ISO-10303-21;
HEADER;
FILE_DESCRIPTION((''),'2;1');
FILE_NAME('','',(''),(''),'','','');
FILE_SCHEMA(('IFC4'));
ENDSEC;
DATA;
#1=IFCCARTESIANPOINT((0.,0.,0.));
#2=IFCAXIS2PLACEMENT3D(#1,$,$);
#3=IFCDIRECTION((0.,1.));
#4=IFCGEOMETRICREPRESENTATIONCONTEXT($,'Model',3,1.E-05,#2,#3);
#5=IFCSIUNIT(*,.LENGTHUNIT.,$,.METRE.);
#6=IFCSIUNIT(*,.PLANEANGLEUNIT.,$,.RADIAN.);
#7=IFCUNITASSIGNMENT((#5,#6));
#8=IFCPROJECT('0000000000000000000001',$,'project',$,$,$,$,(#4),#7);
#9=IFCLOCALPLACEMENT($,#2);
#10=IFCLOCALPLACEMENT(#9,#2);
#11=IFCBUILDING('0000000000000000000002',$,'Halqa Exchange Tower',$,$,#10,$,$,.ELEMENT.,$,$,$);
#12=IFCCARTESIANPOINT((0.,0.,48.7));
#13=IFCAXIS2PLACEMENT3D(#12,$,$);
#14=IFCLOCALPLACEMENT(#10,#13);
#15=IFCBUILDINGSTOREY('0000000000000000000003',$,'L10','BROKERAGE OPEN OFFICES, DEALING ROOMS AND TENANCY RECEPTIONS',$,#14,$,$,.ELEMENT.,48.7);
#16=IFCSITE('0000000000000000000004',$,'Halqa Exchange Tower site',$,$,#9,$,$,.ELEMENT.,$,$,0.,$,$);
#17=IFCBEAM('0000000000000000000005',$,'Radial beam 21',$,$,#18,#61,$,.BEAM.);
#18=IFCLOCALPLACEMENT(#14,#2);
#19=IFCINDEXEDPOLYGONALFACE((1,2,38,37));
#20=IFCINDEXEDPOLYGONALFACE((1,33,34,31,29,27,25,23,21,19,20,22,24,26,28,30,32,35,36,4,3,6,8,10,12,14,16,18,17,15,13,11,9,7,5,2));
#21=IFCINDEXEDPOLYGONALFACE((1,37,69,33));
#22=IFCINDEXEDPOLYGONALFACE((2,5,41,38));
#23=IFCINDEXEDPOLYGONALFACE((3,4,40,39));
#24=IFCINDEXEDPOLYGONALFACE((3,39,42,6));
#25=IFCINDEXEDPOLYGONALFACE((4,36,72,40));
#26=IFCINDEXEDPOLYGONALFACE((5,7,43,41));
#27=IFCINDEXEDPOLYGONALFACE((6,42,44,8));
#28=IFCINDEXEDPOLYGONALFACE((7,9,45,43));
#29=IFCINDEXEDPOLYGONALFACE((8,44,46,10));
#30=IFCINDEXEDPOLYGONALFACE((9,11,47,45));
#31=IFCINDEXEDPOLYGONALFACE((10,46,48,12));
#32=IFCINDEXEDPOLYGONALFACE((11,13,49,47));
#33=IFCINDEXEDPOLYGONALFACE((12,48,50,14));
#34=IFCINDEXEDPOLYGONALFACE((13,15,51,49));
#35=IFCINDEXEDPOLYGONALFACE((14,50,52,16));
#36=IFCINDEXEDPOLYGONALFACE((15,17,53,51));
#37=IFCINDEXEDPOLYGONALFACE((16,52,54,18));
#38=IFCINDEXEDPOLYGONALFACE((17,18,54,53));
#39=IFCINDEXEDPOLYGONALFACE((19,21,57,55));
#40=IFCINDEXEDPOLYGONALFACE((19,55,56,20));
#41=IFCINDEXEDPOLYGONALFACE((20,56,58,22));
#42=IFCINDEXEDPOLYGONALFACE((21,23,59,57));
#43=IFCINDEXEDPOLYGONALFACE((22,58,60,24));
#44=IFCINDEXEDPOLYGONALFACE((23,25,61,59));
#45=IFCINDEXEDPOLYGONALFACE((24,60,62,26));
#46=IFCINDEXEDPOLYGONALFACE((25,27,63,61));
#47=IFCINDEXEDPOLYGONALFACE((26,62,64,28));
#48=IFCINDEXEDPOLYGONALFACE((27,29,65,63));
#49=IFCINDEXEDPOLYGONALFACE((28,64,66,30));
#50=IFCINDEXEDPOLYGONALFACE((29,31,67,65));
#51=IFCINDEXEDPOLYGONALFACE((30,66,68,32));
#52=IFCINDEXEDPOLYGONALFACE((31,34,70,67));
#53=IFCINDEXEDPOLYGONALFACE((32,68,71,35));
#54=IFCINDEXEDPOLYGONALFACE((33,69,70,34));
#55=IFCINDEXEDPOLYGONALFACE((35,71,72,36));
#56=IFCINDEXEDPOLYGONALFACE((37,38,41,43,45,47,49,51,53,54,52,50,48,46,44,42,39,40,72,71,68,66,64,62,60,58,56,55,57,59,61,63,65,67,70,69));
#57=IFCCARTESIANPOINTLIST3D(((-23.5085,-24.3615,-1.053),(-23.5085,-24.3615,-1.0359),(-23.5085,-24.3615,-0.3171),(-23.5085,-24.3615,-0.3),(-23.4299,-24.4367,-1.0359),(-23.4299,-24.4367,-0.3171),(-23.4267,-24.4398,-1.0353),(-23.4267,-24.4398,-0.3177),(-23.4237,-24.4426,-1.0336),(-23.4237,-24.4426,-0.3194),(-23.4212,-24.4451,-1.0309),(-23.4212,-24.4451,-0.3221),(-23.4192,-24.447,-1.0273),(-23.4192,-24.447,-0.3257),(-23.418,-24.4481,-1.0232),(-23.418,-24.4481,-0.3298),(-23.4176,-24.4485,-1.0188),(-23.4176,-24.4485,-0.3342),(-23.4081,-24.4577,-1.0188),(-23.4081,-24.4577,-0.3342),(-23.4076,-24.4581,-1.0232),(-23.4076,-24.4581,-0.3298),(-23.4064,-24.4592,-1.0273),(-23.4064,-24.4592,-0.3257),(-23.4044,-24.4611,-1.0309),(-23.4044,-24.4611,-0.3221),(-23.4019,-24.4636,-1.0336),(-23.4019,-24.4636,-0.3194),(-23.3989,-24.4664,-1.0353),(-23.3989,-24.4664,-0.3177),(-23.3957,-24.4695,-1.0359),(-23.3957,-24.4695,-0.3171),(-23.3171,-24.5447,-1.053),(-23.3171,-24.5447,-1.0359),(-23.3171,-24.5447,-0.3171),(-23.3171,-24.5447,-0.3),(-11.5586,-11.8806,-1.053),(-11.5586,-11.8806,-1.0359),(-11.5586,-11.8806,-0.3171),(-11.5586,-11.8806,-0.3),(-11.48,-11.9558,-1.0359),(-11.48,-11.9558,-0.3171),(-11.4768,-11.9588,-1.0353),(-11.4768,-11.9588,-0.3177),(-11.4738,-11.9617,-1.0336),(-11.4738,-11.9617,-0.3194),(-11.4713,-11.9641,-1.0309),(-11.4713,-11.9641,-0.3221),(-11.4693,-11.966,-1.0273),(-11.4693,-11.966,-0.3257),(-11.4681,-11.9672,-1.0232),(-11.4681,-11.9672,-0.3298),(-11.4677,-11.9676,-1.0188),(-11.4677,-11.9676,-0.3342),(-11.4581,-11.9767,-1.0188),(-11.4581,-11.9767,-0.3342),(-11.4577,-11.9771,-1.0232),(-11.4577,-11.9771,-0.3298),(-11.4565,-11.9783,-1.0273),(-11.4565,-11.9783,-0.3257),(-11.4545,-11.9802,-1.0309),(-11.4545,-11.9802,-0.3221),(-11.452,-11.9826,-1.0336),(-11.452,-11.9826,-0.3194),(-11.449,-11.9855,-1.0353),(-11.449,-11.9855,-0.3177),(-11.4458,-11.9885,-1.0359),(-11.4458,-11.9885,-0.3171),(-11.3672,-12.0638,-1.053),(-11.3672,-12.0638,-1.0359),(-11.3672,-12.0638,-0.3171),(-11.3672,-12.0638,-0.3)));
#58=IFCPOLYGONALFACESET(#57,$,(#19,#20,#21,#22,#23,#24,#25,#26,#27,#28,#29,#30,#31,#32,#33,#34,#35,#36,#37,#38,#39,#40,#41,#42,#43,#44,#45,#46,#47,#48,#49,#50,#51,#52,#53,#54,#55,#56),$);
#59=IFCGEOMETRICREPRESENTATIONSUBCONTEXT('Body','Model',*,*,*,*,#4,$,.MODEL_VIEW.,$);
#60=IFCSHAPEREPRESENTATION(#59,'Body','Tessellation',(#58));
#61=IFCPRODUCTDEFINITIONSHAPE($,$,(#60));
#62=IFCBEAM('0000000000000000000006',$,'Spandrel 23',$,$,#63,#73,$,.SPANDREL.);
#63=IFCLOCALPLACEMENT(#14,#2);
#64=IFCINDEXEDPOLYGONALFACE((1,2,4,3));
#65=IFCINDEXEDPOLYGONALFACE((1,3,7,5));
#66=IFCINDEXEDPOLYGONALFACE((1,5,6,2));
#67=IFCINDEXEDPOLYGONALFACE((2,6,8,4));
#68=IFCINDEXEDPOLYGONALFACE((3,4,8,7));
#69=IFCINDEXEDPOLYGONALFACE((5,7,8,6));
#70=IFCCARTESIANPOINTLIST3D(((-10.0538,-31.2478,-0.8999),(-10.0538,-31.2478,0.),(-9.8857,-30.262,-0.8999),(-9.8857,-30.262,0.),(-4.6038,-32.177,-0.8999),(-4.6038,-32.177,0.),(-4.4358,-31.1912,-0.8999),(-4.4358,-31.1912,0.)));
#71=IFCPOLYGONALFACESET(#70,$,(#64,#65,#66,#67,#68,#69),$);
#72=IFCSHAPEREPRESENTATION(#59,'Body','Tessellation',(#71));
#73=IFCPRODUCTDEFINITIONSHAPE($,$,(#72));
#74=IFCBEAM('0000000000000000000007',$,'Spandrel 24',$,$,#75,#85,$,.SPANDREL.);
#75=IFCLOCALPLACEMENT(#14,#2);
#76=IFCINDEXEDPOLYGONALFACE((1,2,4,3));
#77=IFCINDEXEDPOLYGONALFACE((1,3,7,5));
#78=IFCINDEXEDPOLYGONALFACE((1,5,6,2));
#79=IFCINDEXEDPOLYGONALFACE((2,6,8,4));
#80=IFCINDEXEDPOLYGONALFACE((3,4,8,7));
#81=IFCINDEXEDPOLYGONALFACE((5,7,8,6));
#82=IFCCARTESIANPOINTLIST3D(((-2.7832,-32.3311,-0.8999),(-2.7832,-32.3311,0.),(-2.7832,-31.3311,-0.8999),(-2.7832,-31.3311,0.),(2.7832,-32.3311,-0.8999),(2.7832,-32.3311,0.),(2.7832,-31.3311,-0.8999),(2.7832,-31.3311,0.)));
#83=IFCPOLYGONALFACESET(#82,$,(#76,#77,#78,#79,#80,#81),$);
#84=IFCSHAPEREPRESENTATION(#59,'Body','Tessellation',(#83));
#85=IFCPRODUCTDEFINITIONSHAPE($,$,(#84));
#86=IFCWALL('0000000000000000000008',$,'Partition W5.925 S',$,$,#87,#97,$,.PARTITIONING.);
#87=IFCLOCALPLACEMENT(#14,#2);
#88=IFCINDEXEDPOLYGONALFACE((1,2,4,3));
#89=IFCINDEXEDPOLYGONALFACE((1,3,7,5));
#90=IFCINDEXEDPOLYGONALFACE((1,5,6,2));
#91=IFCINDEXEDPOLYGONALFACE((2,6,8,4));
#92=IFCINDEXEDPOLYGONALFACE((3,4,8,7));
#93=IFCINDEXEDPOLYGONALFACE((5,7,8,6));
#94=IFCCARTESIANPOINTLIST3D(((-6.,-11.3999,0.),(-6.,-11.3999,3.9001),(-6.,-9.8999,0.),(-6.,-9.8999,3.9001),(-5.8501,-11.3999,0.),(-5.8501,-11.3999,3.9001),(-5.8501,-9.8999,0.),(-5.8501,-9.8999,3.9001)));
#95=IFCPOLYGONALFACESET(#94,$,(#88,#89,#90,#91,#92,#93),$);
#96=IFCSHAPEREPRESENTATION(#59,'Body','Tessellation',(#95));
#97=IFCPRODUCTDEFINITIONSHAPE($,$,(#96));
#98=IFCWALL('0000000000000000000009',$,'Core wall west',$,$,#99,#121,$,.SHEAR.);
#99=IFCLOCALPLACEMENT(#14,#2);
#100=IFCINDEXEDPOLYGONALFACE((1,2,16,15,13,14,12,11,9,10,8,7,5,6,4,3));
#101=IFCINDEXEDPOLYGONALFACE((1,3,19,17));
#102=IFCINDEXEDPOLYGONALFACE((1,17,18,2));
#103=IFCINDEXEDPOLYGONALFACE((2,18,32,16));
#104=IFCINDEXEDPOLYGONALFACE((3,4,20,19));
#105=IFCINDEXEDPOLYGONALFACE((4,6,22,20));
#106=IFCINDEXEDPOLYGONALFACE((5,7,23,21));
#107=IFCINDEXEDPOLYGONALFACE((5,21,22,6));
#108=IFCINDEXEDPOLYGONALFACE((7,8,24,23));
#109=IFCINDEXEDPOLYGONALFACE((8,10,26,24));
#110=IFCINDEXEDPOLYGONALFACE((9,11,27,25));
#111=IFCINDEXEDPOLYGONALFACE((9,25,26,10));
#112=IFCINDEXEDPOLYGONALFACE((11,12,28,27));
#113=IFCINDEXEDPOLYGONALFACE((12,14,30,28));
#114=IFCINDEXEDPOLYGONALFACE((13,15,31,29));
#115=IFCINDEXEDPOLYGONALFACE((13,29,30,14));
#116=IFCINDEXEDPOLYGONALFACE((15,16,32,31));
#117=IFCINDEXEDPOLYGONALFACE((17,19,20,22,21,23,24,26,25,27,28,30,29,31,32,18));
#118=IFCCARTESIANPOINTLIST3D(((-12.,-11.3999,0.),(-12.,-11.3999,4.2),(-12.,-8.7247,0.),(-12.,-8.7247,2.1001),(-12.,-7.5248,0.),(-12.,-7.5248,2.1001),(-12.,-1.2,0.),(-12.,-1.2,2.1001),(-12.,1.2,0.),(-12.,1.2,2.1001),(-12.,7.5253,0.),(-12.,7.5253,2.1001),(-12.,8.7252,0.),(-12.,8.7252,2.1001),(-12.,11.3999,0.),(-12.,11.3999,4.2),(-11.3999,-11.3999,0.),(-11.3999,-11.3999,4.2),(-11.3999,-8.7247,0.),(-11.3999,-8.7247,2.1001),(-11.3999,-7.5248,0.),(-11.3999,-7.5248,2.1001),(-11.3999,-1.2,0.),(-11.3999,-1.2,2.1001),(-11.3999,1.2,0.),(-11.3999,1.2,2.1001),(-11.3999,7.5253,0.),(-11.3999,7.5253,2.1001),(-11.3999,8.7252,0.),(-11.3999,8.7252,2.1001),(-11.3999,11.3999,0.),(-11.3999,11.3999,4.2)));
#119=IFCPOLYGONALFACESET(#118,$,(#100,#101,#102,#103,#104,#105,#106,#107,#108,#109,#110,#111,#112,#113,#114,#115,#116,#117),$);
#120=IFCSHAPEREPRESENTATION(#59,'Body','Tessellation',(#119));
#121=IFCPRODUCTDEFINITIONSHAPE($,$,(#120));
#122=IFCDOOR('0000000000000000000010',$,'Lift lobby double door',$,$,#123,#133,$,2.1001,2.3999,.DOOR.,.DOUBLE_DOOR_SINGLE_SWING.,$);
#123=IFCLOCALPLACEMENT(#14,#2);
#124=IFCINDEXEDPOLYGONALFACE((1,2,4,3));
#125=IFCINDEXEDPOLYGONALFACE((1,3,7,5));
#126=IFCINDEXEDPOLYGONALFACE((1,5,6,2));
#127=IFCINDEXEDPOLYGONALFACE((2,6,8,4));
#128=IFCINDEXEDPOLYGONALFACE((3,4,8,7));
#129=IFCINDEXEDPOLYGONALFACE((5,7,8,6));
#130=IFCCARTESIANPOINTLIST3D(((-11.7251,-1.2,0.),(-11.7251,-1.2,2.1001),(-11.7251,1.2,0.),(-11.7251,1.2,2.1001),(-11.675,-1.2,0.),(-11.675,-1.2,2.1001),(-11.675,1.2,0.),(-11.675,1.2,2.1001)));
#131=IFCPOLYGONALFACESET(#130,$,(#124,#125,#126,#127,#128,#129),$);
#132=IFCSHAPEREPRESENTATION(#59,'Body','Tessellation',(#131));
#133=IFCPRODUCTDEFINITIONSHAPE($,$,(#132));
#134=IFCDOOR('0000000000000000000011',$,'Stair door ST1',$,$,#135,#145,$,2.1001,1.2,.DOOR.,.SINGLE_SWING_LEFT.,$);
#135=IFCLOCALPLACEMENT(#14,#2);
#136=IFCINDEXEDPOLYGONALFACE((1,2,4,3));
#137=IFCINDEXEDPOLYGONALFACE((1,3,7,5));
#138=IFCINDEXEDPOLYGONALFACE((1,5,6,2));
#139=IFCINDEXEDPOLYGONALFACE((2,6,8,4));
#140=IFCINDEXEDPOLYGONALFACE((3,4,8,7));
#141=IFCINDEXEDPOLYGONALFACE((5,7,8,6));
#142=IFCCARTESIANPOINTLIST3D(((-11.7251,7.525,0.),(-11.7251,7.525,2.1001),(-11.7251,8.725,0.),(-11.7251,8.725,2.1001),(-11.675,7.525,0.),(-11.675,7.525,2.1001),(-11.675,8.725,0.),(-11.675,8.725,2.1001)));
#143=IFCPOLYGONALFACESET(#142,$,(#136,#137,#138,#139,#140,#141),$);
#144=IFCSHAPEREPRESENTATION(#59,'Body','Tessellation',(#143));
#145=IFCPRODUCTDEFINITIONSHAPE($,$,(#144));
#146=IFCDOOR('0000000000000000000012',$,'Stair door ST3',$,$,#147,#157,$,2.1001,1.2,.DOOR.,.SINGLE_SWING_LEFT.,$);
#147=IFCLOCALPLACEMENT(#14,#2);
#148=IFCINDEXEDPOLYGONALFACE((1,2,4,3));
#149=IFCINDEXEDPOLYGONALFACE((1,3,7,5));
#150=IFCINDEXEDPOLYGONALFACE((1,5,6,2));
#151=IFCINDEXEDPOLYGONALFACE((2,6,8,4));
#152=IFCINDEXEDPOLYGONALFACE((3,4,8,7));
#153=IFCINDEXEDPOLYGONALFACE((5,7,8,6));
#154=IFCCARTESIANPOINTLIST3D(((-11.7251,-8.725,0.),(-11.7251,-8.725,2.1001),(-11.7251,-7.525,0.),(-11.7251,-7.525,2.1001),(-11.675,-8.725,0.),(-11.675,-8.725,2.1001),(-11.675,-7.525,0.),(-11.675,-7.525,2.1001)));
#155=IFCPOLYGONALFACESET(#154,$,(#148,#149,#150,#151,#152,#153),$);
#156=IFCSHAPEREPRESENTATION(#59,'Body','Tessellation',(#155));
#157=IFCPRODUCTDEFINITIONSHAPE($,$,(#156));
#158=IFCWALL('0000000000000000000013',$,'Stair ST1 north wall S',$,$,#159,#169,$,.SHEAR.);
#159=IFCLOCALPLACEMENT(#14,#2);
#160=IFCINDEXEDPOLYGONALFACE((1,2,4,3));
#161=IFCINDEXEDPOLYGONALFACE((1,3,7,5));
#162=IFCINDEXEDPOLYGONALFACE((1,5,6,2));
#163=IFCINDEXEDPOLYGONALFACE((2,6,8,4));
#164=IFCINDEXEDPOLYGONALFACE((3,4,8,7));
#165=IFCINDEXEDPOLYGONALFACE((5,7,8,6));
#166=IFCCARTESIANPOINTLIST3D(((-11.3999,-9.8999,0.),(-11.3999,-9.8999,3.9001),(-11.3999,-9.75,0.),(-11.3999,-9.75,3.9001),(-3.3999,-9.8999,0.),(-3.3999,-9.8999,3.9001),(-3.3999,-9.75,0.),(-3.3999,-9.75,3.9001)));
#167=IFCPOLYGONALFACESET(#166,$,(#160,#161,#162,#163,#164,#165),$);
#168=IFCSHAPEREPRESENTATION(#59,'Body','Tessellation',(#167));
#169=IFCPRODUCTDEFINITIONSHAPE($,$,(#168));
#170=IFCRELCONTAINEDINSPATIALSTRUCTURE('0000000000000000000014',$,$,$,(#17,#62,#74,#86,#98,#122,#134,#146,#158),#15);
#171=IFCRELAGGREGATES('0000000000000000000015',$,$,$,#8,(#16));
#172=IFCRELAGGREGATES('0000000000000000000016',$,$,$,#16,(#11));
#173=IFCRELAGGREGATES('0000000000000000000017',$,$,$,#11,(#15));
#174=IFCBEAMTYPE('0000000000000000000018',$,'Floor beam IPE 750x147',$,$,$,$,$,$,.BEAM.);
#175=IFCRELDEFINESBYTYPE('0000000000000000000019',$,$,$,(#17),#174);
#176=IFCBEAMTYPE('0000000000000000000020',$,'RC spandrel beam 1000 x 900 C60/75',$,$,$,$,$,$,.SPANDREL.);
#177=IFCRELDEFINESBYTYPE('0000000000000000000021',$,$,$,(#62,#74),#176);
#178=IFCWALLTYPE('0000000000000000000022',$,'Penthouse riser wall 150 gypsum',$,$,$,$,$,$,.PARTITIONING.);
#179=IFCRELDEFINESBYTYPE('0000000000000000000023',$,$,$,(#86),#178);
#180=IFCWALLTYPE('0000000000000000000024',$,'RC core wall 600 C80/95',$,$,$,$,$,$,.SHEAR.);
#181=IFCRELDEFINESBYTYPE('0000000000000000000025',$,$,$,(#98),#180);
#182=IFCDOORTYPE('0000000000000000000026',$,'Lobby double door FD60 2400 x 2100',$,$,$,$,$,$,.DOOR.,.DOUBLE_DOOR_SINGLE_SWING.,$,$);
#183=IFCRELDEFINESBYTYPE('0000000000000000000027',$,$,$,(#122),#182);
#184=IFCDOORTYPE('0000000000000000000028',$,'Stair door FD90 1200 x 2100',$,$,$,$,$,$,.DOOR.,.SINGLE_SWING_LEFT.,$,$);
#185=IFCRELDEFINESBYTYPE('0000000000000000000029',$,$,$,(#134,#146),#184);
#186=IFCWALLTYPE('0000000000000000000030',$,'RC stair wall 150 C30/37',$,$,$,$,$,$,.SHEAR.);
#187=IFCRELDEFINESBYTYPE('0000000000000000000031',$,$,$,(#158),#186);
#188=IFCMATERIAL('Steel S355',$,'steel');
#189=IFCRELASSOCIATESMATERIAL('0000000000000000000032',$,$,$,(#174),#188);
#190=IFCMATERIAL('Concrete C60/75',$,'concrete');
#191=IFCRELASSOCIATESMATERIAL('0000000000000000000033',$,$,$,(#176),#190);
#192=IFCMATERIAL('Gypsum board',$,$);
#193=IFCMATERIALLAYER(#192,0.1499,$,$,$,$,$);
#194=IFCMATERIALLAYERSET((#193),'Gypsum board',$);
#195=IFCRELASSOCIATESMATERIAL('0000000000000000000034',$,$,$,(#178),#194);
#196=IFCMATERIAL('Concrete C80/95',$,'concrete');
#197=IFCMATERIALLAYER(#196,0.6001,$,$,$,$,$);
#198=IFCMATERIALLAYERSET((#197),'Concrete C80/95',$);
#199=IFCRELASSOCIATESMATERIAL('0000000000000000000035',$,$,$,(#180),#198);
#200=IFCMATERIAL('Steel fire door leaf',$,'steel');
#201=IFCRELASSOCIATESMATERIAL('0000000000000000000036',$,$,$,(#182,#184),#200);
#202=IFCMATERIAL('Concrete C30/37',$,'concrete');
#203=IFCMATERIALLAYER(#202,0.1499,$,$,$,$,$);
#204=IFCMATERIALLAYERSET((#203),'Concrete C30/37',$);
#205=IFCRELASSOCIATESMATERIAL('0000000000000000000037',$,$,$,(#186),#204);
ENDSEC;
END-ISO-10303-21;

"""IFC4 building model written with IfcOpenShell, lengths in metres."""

from ifc_helpers import new_model, si_unit, direction, frame, frame_2d, origin, origin_2d, place, context, subcontext, project, spatial, rectangle, i_section, extrude, material, layer, layer_set, material_profile, profile_set, type_object, element, fill, save


model = new_model("IFC4")

# Units and contexts
model_context = context("Model", 3, precision=1e-05, world=origin(), true_north=direction((0.0, 1.0)))
body_context = subcontext(model_context, "Body", "Model", "MODEL_VIEW")
ifc_project = project(units=[si_unit("LENGTHUNIT", "METRE"), si_unit("PLANEANGLEUNIT", "RADIAN")], contexts=[model_context])

# Site, building, storey
site_placement = place(None, origin())
site = spatial("IfcSite", under=ifc_project, at=site_placement, Name="Halqa Exchange Tower site", CompositionType="ELEMENT", RefElevation=0.0)
building_placement = place(site_placement, origin())
building = spatial("IfcBuilding", under=site, at=building_placement, Name="Halqa Exchange Tower", CompositionType="ELEMENT")
storey_placement = place(building_placement, frame((0.0, 0.0, 48.7)))
storey = spatial("IfcBuildingStorey", under=building, at=storey_placement, Name="L10", Description="BROKERAGE OPEN OFFICES, DEALING ROOMS AND TENANCY RECEPTIONS", CompositionType="ELEMENT", Elevation=48.7)

# Shared definitions
ifc_material_1 = material(Name="Concrete C80/95", Category="concrete")

# Beams
ifc_material_2 = material(Name="Steel S355", Category="steel")
ifc_material_profile_1 = material_profile(ifc_material_2, i_section(OverallWidth=0.2649, OverallDepth=0.7529, WebThickness=0.0132, FlangeThickness=0.0171, FilletRadius=0.0171, at=origin_2d()), Name="IPE 750x147")
ifc_profile_set_1 = profile_set([ifc_material_profile_1], Name="Steel S355")
beam_type_1 = type_object("IfcBeamType", Name="Floor beam IPE 750x147", PredefinedType="BEAM", material=ifc_profile_set_1)
beam_1_placement = place(storey_placement, frame((-11.4629, -11.9722, -0.6765), z_axis=(-0.691574, -0.722305, 0.0), x_axis=(0.722305, -0.691574, 0.0)))
element("IfcBeam", 1, at=beam_1_placement, inside=storey, type_object=beam_type_1, Name="Radial beam 21", PredefinedType="BEAM", context=body_context, shape_type="SweptSolid", body=[
    extrude(i_section(OverallWidth=0.2649, OverallDepth=0.7529, WebThickness=0.0132, FlangeThickness=0.0171, FilletRadius=0.0171, at=origin_2d()), origin(), (0.0, 0.0, 1.0), 17.2793),
])
ifc_material_3 = material(Name="Concrete C60/75", Category="concrete")
ifc_material_profile_2 = material_profile(ifc_material_3, rectangle(XDim=1.0, YDim=0.8999, at=origin_2d()), Name="1000 x 900")
ifc_profile_set_2 = profile_set([ifc_material_profile_2], Name="Concrete C60/75")
beam_type_2 = type_object("IfcBeamType", Name="RC spandrel beam 1000 x 900 C60/75", PredefinedType="SPANDREL", material=ifc_profile_set_2)
beam_2_placement = place(storey_placement, frame((-9.9697, -30.7549, -0.45), z_axis=(0.985775, -0.168071, 0.0), x_axis=(0.168071, 0.985775, 0.0)))
element("IfcBeam", 2, at=beam_2_placement, inside=storey, type_object=beam_type_2, Name="Spandrel 23", PredefinedType="SPANDREL", context=body_context, shape_type="SweptSolid", body=[
    extrude(rectangle(XDim=1.0, YDim=0.8999, at=origin_2d()), origin(), (0.0, 0.0, 1.0), 5.5286),
])
beam_3_placement = place(storey_placement, frame((-2.7832, -31.8311, -0.45), z_axis=(1.0, 0.0, 0.0), x_axis=(0.0, 1.0, 0.0)))
element("IfcBeam", 3, at=beam_3_placement, inside=storey, type_object=beam_type_2, Name="Spandrel 24", PredefinedType="SPANDREL", context=body_context, shape_type="SweptSolid", body=[
    extrude(rectangle(XDim=1.0, YDim=0.8999, at=origin_2d()), origin(), (0.0, 0.0, 1.0), 5.5664),
])

# Wall
ifc_material_4 = material(Name="Gypsum board")
ifc_layer_1 = layer(ifc_material_4, 0.1499)
ifc_layer_set_1 = layer_set([ifc_layer_1], Name="Gypsum board")
wall_type_1 = type_object("IfcWallType", Name="Penthouse riser wall 150 gypsum", PredefinedType="PARTITIONING", material=ifc_layer_set_1)
wall_1_placement = place(storey_placement, frame((-5.925, -11.3999, 0.0), z_axis=(0.0, 0.0, 1.0), x_axis=(0.0, 1.0, 0.0)))
element("IfcWall", 4, at=wall_1_placement, inside=storey, type_object=wall_type_1, Name="Partition W5.925 S", PredefinedType="PARTITIONING", context=body_context, shape_type="SweptSolid", body=[
    extrude(rectangle(XDim=1.5, YDim=0.1499, at=frame_2d((0.75, 0.0))), origin(), (0.0, 0.0, 1.0), 3.9001),
])

# Wall, openings, doors
ifc_layer_2 = layer(ifc_material_1, 0.6001)
ifc_layer_set_2 = layer_set([ifc_layer_2], Name="Concrete C80/95")
wall_type_2 = type_object("IfcWallType", Name="RC core wall 600 C80/95", PredefinedType="SHEAR", material=ifc_layer_set_2)
wall_2_placement = place(storey_placement, frame((-11.7, -11.3999, 0.0), z_axis=(0.0, 0.0, 1.0), x_axis=(0.0, 1.0, 0.0)))
wall_2 = element("IfcWall", 5, at=wall_2_placement, inside=storey, type_object=wall_type_2, Name="Core wall west", PredefinedType="SHEAR", context=body_context, shape_type="SweptSolid", body=[
    extrude(rectangle(XDim=22.7998, YDim=0.6001, at=frame_2d((11.3999, 0.0))), origin(), (0.0, 0.0, 1.0), 4.2),
])
opening_1_placement = place(wall_2_placement, frame((10.2, 0.0, 0.0)))
opening_1 = element("IfcOpeningElement", 6, at=opening_1_placement, cuts=wall_2, PredefinedType="OPENING", context=body_context, shape_type="SweptSolid", body=[
    extrude(rectangle(XDim=2.3999, YDim=2.1001, at=frame_2d((1.2, 1.05))), frame((0.0, 0.312, 0.0), z_axis=(0.0, -1.0, 0.0), x_axis=(1.0, 0.0, 0.0)), (0.0, 0.0, 1.0), 0.624),
])
opening_2_placement = place(wall_2_placement, frame((18.925, 0.0, 0.0)))
opening_2 = element("IfcOpeningElement", 7, at=opening_2_placement, cuts=wall_2, PredefinedType="OPENING", context=body_context, shape_type="SweptSolid", body=[
    extrude(rectangle(XDim=1.2, YDim=2.1001, at=frame_2d((0.6001, 1.05))), frame((0.0, 0.312, 0.0), z_axis=(0.0, -1.0, 0.0), x_axis=(1.0, 0.0, 0.0)), (0.0, 0.0, 1.0), 0.624),
])
opening_3_placement = place(wall_2_placement, frame((2.675, 0.0, 0.0)))
opening_3 = element("IfcOpeningElement", 8, at=opening_3_placement, cuts=wall_2, PredefinedType="OPENING", context=body_context, shape_type="SweptSolid", body=[
    extrude(rectangle(XDim=1.2, YDim=2.1001, at=frame_2d((0.6001, 1.05))), frame((0.0, 0.312, 0.0), z_axis=(0.0, -1.0, 0.0), x_axis=(1.0, 0.0, 0.0)), (0.0, 0.0, 1.0), 0.624),
])
ifc_material_5 = material(Name="Steel fire door leaf", Category="steel")
door_type_1 = type_object("IfcDoorType", Name="Lobby double door FD60 2400 x 2100", OperationType="DOUBLE_DOOR_SINGLE_SWING", PredefinedType="DOOR", material=ifc_material_5)
door_1_placement = place(opening_1_placement, frame((2.3999, 0.0, 0.0), z_axis=(0.0, 0.0, 1.0), x_axis=(-1.0, 0.0, 0.0)))
door_1 = element("IfcDoor", 9, at=door_1_placement, inside=storey, type_object=door_type_1, Name="Lift lobby double door", OperationType="DOUBLE_DOOR_SINGLE_SWING", OverallHeight=2.1001, OverallWidth=2.3999, PredefinedType="DOOR", context=body_context, shape_type="SweptSolid", body=[
    extrude(rectangle(XDim=2.3999, YDim=2.1001, at=frame_2d((1.2, 1.05))), frame((0.0, 0.0249, 0.0), z_axis=(0.0, -1.0, 0.0), x_axis=(1.0, 0.0, 0.0)), (0.0, 0.0, 1.0), 0.05),
])
fill(opening_1, door_1)
door_type_2 = type_object("IfcDoorType", Name="Stair door FD90 1200 x 2100", OperationType="SINGLE_SWING_LEFT", PredefinedType="DOOR", material=ifc_material_5)
door_2_placement = place(opening_2_placement, frame((1.2, 0.0, 0.0), z_axis=(0.0, 0.0, 1.0), x_axis=(-1.0, 0.0, 0.0)))
door_2 = element("IfcDoor", 10, at=door_2_placement, inside=storey, type_object=door_type_2, Name="Stair door ST1", OperationType="SINGLE_SWING_LEFT", OverallHeight=2.1001, OverallWidth=1.2, PredefinedType="DOOR", context=body_context, shape_type="SweptSolid", body=[
    extrude(rectangle(XDim=1.2, YDim=2.1001, at=frame_2d((0.6001, 1.05))), frame((0.0, 0.0249, 0.0), z_axis=(0.0, -1.0, 0.0), x_axis=(1.0, 0.0, 0.0)), (0.0, 0.0, 1.0), 0.05),
])
fill(opening_2, door_2)
door_3_placement = place(opening_3_placement, frame((1.2, 0.0, 0.0), z_axis=(0.0, 0.0, 1.0), x_axis=(-1.0, 0.0, 0.0)))
door_3 = element("IfcDoor", 11, at=door_3_placement, inside=storey, type_object=door_type_2, Name="Stair door ST3", OperationType="SINGLE_SWING_LEFT", OverallHeight=2.1001, OverallWidth=1.2, PredefinedType="DOOR", context=body_context, shape_type="SweptSolid", body=[
    extrude(rectangle(XDim=1.2, YDim=2.1001, at=frame_2d((0.6001, 1.05))), frame((0.0, 0.0249, 0.0), z_axis=(0.0, -1.0, 0.0), x_axis=(1.0, 0.0, 0.0)), (0.0, 0.0, 1.0), 0.05),
])
fill(opening_3, door_3)

# Wall
ifc_material_6 = material(Name="Concrete C30/37", Category="concrete")
ifc_layer_3 = layer(ifc_material_6, 0.1499)
ifc_layer_set_3 = layer_set([ifc_layer_3], Name="Concrete C30/37")
wall_type_3 = type_object("IfcWallType", Name="RC stair wall 150 C30/37", PredefinedType="SHEAR", material=ifc_layer_set_3)
wall_3_placement = place(storey_placement, frame((-11.3999, -9.825, 0.0), z_axis=(0.0, 0.0, 1.0), x_axis=(1.0, 0.0, 0.0)))
element("IfcWall", 12, at=wall_3_placement, inside=storey, type_object=wall_type_3, Name="Stair ST1 north wall S", PredefinedType="SHEAR", context=body_context, shape_type="SweptSolid", body=[
    extrude(rectangle(XDim=8.0, YDim=0.1499, at=frame_2d((4.0, 0.0))), origin(), (0.0, 0.0, 1.0), 3.9001),
])

save(model, "model.ifc")
